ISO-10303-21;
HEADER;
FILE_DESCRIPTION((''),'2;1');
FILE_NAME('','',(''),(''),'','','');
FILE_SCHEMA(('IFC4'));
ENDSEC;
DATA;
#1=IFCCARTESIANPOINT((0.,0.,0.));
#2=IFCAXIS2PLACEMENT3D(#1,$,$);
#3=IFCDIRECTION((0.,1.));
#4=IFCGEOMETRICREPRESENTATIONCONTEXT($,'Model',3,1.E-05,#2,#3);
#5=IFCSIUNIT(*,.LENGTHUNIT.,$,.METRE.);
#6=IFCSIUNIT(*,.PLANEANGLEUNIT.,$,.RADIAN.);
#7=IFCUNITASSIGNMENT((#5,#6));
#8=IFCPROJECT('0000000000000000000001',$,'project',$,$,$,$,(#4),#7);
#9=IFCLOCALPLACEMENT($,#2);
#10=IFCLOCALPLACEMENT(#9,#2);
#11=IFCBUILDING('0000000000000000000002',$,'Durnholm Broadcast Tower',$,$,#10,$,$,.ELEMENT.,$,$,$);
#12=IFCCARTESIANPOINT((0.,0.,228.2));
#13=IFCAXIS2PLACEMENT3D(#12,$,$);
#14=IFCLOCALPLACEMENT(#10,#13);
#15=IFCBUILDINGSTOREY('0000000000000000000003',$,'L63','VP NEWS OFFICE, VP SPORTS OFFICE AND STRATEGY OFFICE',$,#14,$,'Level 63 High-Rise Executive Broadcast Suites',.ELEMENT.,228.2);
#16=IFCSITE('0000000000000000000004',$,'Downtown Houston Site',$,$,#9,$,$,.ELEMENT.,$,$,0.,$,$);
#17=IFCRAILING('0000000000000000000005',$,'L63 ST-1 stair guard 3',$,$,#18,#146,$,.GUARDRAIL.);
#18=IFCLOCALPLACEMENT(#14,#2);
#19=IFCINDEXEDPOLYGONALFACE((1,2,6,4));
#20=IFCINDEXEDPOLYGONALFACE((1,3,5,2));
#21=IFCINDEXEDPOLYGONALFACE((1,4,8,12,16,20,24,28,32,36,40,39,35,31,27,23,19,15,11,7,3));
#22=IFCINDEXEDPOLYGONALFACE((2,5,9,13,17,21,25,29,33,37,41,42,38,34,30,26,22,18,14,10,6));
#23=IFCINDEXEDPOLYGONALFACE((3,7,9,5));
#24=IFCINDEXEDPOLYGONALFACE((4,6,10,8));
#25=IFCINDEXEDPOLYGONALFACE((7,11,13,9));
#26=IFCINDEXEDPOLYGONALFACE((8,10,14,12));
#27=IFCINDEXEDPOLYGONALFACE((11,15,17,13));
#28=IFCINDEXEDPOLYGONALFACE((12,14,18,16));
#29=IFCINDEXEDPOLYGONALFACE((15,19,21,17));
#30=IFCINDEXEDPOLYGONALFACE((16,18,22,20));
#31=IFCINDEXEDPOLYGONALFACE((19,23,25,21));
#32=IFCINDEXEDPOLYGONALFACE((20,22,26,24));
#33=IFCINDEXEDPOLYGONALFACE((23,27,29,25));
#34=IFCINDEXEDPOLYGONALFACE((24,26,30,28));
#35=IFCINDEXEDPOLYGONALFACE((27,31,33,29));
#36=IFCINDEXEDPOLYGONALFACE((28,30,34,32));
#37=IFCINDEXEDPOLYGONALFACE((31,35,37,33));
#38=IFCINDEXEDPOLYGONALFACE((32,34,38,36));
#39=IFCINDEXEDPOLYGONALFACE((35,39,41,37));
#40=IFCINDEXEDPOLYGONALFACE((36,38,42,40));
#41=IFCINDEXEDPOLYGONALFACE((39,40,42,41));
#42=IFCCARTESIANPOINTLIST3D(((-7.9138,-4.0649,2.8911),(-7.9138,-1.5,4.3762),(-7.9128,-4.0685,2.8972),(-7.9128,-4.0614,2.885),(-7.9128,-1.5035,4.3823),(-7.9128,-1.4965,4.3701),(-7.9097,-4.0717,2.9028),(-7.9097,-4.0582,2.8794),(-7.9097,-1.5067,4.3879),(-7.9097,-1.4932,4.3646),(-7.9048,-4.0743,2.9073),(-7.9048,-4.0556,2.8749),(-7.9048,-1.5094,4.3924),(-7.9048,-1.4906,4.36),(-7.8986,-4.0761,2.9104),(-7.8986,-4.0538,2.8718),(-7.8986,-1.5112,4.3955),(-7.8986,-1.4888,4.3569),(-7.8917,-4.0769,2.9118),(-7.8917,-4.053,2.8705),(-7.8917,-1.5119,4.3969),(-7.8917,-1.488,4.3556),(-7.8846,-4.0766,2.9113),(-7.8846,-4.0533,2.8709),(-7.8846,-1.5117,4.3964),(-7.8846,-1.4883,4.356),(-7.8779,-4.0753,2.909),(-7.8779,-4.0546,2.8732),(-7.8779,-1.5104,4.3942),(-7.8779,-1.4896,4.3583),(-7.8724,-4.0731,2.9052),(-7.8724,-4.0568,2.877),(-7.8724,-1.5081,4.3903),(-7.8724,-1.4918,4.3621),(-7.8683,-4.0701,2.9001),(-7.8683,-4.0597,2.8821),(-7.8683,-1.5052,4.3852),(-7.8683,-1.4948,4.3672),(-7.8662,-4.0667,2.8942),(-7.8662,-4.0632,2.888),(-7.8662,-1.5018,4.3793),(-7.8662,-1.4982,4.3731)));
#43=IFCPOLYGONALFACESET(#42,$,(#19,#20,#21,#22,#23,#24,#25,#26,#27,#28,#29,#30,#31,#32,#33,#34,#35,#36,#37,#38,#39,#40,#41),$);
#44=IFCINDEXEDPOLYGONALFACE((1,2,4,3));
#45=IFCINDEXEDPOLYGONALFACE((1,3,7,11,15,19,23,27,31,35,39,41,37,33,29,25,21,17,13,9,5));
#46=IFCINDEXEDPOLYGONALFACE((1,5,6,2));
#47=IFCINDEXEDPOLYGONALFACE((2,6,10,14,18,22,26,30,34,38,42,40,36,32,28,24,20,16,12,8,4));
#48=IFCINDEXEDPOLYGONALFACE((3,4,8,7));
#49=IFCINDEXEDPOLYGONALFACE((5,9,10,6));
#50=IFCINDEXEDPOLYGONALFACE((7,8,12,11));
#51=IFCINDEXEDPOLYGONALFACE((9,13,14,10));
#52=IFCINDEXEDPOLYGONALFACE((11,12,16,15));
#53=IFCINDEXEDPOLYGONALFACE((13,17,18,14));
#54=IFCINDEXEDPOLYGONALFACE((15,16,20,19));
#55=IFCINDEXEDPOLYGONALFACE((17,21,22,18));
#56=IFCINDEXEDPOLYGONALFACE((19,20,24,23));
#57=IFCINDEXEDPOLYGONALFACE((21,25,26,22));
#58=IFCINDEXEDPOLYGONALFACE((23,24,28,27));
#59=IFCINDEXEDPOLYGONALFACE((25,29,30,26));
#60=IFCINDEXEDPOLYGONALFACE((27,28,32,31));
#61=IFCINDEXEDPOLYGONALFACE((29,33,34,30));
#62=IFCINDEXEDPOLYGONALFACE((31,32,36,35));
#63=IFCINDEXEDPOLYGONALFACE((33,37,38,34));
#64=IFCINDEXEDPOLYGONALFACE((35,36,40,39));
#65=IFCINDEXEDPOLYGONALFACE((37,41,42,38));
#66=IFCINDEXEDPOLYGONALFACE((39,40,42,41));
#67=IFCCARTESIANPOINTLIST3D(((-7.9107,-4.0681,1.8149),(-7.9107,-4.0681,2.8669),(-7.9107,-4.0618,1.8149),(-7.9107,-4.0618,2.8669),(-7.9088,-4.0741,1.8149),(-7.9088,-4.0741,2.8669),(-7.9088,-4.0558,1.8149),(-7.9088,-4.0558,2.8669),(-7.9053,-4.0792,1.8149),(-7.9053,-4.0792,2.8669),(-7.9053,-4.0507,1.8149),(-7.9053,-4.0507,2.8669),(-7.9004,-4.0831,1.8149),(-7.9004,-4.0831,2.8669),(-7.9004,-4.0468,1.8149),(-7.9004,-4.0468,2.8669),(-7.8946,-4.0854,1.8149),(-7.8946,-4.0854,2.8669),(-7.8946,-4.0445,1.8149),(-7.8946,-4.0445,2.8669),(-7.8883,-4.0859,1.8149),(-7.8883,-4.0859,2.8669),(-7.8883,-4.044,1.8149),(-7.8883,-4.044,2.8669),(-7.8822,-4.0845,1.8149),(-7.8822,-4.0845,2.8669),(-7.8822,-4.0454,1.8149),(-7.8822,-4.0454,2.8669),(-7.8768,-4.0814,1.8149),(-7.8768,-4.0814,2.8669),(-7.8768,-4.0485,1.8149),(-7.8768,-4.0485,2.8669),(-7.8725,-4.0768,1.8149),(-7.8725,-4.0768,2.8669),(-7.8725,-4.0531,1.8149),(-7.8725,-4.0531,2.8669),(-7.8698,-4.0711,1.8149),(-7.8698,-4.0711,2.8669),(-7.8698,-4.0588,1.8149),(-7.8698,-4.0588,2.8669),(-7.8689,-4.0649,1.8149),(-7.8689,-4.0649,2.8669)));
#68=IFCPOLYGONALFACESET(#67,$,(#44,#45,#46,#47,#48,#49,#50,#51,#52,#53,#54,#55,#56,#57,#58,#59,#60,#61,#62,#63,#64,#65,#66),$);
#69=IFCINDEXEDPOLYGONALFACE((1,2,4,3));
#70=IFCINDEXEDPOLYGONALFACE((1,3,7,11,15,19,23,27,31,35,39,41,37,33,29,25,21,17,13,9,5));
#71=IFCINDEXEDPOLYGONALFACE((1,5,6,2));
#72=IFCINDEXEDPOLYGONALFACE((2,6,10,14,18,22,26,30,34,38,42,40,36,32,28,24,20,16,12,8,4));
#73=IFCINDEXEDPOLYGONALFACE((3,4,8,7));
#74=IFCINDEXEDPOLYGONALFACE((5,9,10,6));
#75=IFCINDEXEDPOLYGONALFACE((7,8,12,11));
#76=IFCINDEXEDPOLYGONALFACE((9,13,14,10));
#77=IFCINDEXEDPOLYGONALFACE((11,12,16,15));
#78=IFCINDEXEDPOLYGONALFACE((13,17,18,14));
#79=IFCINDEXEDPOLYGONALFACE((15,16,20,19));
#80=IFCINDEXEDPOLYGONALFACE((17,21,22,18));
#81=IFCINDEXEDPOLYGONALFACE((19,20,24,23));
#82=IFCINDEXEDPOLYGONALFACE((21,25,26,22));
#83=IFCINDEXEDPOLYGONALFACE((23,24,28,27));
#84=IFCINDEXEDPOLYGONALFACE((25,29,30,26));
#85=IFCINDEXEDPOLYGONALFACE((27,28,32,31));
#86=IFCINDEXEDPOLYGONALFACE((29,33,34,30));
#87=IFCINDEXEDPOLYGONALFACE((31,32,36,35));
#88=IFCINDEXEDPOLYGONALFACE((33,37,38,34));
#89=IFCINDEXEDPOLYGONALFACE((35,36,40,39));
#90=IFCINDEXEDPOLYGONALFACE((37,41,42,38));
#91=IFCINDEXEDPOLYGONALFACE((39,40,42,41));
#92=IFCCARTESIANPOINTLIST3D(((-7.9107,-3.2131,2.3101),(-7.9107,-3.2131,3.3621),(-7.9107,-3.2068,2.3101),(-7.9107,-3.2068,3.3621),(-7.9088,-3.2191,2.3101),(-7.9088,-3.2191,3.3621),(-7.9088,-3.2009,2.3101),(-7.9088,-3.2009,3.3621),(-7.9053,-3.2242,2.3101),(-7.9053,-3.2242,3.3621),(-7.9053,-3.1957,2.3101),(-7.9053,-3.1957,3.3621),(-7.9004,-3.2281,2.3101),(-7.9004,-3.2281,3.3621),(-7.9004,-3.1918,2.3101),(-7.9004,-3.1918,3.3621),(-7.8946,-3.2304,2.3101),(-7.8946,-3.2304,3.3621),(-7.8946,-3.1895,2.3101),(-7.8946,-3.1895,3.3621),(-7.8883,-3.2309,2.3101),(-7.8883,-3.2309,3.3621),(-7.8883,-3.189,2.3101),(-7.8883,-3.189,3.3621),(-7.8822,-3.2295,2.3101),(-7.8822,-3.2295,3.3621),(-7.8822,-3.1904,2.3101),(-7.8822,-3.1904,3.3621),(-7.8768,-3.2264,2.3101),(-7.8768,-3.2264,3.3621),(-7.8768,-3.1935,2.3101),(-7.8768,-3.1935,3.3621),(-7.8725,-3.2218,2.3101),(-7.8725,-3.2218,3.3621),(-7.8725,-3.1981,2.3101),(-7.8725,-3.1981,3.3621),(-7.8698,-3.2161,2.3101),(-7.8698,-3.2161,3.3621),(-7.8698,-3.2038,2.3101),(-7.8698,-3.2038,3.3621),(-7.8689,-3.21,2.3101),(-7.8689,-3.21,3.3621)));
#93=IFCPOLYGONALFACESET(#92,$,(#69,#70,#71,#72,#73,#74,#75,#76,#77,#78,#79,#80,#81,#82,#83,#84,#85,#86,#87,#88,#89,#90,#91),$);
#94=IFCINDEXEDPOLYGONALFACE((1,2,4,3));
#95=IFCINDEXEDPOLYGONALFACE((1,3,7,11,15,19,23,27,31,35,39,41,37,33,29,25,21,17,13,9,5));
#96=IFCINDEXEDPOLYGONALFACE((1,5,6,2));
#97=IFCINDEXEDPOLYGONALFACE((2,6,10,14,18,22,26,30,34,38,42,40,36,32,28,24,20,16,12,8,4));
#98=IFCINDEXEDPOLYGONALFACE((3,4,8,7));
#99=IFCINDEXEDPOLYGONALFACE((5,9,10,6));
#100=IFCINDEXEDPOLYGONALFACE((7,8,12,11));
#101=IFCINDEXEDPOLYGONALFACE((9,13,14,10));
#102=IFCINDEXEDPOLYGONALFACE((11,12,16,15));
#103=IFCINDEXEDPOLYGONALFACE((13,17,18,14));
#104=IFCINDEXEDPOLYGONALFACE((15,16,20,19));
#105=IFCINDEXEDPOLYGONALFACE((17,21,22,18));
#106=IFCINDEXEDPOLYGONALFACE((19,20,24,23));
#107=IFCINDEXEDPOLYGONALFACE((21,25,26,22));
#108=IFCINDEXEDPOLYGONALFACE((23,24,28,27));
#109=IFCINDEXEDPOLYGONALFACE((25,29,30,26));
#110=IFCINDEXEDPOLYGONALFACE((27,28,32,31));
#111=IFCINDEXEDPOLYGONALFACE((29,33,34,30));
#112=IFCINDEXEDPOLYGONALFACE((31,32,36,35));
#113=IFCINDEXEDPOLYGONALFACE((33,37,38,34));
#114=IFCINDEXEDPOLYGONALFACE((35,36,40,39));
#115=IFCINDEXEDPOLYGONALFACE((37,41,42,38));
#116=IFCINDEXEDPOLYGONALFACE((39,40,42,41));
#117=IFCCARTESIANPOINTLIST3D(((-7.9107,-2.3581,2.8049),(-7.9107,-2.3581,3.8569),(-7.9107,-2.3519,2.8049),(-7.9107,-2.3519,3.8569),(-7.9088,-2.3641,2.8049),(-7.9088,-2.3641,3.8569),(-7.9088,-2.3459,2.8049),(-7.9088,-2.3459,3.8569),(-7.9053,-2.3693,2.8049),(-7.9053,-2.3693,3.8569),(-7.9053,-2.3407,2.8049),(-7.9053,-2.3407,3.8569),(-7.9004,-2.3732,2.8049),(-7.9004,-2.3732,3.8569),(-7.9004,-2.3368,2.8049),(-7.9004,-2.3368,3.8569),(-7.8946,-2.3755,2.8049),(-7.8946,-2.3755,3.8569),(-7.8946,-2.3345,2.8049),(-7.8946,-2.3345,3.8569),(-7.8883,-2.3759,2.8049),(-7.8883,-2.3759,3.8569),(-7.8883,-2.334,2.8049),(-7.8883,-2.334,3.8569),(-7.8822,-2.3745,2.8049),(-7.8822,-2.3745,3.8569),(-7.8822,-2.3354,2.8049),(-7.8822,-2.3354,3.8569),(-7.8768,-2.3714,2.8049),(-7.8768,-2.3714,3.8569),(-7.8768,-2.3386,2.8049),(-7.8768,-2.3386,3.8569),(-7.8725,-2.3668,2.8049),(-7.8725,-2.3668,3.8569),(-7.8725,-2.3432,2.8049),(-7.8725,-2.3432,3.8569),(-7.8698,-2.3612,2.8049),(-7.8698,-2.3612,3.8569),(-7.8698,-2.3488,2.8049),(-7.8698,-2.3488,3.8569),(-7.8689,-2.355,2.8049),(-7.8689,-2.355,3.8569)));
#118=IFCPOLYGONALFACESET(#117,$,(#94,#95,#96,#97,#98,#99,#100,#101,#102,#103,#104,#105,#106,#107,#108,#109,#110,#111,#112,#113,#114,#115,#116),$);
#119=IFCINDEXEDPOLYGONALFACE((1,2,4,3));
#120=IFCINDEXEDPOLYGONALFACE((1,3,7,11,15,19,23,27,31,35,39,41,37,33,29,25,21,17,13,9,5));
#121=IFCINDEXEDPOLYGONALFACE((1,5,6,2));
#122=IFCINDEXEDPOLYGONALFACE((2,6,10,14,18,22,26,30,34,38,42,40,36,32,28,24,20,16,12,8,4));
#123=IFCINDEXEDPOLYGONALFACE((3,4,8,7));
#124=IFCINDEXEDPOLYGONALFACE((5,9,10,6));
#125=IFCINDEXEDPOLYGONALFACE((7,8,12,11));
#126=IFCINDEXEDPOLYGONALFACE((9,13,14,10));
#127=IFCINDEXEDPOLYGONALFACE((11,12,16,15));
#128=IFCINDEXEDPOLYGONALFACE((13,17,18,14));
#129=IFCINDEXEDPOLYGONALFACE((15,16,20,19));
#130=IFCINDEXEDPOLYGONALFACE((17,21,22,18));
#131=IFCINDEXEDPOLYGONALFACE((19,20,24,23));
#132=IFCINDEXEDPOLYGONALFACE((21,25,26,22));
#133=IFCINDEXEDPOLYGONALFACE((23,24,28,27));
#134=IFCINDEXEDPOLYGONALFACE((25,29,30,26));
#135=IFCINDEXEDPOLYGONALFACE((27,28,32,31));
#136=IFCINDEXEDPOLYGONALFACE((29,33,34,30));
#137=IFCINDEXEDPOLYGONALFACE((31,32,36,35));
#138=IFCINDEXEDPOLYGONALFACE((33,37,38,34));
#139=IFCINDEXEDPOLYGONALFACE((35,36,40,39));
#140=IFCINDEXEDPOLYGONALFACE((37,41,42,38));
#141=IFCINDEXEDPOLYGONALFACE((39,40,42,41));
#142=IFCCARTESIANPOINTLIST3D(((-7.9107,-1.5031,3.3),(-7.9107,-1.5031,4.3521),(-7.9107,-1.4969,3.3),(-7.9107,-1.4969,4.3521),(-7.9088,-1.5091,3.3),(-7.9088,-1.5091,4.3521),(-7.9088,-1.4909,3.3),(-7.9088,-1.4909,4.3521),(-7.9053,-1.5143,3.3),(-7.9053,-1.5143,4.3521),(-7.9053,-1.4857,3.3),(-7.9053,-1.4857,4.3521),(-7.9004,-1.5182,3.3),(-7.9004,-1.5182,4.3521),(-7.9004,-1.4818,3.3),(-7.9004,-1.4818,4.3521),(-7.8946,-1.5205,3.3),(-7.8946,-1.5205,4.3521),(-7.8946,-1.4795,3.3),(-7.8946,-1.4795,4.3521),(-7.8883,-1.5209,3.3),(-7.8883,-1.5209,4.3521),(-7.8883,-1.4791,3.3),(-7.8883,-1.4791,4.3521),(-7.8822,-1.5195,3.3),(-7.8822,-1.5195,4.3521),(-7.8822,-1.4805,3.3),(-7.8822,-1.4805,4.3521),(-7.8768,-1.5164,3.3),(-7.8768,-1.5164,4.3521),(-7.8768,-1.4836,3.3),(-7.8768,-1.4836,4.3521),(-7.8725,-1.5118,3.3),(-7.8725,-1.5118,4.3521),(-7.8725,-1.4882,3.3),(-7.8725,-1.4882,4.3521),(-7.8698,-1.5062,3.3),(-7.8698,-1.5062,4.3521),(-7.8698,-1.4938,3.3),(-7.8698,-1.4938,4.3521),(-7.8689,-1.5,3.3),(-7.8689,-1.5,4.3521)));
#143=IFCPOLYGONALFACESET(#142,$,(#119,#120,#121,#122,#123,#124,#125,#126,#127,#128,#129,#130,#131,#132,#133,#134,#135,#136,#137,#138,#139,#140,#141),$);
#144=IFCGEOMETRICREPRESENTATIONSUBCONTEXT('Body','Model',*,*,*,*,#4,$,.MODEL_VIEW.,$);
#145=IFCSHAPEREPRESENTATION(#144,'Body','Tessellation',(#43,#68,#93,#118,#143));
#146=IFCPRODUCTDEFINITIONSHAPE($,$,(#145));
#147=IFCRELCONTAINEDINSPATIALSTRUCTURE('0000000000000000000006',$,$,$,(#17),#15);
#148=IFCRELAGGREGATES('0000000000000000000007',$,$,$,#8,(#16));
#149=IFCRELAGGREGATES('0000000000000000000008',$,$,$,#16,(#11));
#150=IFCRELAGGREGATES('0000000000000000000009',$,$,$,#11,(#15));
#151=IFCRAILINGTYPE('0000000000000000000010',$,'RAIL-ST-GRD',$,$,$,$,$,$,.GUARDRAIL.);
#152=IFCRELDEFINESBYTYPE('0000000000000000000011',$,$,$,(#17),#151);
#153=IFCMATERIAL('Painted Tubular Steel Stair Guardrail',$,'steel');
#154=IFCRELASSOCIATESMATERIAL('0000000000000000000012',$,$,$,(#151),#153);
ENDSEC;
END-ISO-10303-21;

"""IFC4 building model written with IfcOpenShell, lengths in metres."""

from ifc_helpers import new_model, si_unit, direction, frame, origin, origin_2d, place, context, subcontext, project, spatial, circle, extrude, material, type_object, element, save


model = new_model("IFC4")

# Units and contexts
model_context = context("Model", 3, precision=1e-05, world=origin(), true_north=direction((0.0, 1.0)))
body_context = subcontext(model_context, "Body", "Model", "MODEL_VIEW")
ifc_project = project(units=[si_unit("LENGTHUNIT", "METRE"), si_unit("PLANEANGLEUNIT", "RADIAN")], contexts=[model_context])

# Site, building, storey
site_placement = place(None, origin())
site = spatial("IfcSite", under=ifc_project, at=site_placement, Name="Downtown Houston Site", CompositionType="ELEMENT", RefElevation=0.0)
building_placement = place(site_placement, origin())
building = spatial("IfcBuilding", under=site, at=building_placement, Name="Durnholm Broadcast Tower", CompositionType="ELEMENT")
storey_placement = place(building_placement, frame((0.0, 0.0, 228.2)))
storey = spatial("IfcBuildingStorey", under=building, at=storey_placement, Name="L63", Description="VP NEWS OFFICE, VP SPORTS OFFICE AND STRATEGY OFFICE", LongName="Level 63 High-Rise Executive Broadcast Suites", CompositionType="ELEMENT", Elevation=228.2)

# Railing
ifc_material_1 = material(Name="Painted Tubular Steel Stair Guardrail", Category="steel")
railing_type_1 = type_object("IfcRailingType", Name="RAIL-ST-GRD", PredefinedType="GUARDRAIL", material=ifc_material_1)
railing_1_placement = place(storey_placement, frame((-7.8899, -4.0649, 1.8149)))
element("IfcRailing", 1, at=railing_1_placement, inside=storey, type_object=railing_type_1, Name="L63 ST-1 stair guard 3", PredefinedType="GUARDRAIL", context=body_context, shape_type="SweptSolid", body=[
    extrude(circle(Radius=0.0239, at=origin_2d()), frame((0.0, 0.0, 1.0762), z_axis=(0.0, 0.865406, 0.501072), x_axis=(-1.0, 0.0, 0.0)), (0.0, 0.0, 1.0), 2.9639),
    extrude(circle(Radius=0.021, at=origin_2d()), origin(), (0.0, 0.0, 1.0), 1.052),
    extrude(circle(Radius=0.021, at=origin_2d()), frame((0.0, 0.855, 0.4951)), (0.0, 0.0, 1.0), 1.052),
    extrude(circle(Radius=0.021, at=origin_2d()), frame((0.0, 1.71, 0.99)), (0.0, 0.0, 1.0), 1.052),
    extrude(circle(Radius=0.021, at=origin_2d()), frame((0.0, 2.5649, 1.4851)), (0.0, 0.0, 1.0), 1.052),
])

save(model, "model.ifc")
